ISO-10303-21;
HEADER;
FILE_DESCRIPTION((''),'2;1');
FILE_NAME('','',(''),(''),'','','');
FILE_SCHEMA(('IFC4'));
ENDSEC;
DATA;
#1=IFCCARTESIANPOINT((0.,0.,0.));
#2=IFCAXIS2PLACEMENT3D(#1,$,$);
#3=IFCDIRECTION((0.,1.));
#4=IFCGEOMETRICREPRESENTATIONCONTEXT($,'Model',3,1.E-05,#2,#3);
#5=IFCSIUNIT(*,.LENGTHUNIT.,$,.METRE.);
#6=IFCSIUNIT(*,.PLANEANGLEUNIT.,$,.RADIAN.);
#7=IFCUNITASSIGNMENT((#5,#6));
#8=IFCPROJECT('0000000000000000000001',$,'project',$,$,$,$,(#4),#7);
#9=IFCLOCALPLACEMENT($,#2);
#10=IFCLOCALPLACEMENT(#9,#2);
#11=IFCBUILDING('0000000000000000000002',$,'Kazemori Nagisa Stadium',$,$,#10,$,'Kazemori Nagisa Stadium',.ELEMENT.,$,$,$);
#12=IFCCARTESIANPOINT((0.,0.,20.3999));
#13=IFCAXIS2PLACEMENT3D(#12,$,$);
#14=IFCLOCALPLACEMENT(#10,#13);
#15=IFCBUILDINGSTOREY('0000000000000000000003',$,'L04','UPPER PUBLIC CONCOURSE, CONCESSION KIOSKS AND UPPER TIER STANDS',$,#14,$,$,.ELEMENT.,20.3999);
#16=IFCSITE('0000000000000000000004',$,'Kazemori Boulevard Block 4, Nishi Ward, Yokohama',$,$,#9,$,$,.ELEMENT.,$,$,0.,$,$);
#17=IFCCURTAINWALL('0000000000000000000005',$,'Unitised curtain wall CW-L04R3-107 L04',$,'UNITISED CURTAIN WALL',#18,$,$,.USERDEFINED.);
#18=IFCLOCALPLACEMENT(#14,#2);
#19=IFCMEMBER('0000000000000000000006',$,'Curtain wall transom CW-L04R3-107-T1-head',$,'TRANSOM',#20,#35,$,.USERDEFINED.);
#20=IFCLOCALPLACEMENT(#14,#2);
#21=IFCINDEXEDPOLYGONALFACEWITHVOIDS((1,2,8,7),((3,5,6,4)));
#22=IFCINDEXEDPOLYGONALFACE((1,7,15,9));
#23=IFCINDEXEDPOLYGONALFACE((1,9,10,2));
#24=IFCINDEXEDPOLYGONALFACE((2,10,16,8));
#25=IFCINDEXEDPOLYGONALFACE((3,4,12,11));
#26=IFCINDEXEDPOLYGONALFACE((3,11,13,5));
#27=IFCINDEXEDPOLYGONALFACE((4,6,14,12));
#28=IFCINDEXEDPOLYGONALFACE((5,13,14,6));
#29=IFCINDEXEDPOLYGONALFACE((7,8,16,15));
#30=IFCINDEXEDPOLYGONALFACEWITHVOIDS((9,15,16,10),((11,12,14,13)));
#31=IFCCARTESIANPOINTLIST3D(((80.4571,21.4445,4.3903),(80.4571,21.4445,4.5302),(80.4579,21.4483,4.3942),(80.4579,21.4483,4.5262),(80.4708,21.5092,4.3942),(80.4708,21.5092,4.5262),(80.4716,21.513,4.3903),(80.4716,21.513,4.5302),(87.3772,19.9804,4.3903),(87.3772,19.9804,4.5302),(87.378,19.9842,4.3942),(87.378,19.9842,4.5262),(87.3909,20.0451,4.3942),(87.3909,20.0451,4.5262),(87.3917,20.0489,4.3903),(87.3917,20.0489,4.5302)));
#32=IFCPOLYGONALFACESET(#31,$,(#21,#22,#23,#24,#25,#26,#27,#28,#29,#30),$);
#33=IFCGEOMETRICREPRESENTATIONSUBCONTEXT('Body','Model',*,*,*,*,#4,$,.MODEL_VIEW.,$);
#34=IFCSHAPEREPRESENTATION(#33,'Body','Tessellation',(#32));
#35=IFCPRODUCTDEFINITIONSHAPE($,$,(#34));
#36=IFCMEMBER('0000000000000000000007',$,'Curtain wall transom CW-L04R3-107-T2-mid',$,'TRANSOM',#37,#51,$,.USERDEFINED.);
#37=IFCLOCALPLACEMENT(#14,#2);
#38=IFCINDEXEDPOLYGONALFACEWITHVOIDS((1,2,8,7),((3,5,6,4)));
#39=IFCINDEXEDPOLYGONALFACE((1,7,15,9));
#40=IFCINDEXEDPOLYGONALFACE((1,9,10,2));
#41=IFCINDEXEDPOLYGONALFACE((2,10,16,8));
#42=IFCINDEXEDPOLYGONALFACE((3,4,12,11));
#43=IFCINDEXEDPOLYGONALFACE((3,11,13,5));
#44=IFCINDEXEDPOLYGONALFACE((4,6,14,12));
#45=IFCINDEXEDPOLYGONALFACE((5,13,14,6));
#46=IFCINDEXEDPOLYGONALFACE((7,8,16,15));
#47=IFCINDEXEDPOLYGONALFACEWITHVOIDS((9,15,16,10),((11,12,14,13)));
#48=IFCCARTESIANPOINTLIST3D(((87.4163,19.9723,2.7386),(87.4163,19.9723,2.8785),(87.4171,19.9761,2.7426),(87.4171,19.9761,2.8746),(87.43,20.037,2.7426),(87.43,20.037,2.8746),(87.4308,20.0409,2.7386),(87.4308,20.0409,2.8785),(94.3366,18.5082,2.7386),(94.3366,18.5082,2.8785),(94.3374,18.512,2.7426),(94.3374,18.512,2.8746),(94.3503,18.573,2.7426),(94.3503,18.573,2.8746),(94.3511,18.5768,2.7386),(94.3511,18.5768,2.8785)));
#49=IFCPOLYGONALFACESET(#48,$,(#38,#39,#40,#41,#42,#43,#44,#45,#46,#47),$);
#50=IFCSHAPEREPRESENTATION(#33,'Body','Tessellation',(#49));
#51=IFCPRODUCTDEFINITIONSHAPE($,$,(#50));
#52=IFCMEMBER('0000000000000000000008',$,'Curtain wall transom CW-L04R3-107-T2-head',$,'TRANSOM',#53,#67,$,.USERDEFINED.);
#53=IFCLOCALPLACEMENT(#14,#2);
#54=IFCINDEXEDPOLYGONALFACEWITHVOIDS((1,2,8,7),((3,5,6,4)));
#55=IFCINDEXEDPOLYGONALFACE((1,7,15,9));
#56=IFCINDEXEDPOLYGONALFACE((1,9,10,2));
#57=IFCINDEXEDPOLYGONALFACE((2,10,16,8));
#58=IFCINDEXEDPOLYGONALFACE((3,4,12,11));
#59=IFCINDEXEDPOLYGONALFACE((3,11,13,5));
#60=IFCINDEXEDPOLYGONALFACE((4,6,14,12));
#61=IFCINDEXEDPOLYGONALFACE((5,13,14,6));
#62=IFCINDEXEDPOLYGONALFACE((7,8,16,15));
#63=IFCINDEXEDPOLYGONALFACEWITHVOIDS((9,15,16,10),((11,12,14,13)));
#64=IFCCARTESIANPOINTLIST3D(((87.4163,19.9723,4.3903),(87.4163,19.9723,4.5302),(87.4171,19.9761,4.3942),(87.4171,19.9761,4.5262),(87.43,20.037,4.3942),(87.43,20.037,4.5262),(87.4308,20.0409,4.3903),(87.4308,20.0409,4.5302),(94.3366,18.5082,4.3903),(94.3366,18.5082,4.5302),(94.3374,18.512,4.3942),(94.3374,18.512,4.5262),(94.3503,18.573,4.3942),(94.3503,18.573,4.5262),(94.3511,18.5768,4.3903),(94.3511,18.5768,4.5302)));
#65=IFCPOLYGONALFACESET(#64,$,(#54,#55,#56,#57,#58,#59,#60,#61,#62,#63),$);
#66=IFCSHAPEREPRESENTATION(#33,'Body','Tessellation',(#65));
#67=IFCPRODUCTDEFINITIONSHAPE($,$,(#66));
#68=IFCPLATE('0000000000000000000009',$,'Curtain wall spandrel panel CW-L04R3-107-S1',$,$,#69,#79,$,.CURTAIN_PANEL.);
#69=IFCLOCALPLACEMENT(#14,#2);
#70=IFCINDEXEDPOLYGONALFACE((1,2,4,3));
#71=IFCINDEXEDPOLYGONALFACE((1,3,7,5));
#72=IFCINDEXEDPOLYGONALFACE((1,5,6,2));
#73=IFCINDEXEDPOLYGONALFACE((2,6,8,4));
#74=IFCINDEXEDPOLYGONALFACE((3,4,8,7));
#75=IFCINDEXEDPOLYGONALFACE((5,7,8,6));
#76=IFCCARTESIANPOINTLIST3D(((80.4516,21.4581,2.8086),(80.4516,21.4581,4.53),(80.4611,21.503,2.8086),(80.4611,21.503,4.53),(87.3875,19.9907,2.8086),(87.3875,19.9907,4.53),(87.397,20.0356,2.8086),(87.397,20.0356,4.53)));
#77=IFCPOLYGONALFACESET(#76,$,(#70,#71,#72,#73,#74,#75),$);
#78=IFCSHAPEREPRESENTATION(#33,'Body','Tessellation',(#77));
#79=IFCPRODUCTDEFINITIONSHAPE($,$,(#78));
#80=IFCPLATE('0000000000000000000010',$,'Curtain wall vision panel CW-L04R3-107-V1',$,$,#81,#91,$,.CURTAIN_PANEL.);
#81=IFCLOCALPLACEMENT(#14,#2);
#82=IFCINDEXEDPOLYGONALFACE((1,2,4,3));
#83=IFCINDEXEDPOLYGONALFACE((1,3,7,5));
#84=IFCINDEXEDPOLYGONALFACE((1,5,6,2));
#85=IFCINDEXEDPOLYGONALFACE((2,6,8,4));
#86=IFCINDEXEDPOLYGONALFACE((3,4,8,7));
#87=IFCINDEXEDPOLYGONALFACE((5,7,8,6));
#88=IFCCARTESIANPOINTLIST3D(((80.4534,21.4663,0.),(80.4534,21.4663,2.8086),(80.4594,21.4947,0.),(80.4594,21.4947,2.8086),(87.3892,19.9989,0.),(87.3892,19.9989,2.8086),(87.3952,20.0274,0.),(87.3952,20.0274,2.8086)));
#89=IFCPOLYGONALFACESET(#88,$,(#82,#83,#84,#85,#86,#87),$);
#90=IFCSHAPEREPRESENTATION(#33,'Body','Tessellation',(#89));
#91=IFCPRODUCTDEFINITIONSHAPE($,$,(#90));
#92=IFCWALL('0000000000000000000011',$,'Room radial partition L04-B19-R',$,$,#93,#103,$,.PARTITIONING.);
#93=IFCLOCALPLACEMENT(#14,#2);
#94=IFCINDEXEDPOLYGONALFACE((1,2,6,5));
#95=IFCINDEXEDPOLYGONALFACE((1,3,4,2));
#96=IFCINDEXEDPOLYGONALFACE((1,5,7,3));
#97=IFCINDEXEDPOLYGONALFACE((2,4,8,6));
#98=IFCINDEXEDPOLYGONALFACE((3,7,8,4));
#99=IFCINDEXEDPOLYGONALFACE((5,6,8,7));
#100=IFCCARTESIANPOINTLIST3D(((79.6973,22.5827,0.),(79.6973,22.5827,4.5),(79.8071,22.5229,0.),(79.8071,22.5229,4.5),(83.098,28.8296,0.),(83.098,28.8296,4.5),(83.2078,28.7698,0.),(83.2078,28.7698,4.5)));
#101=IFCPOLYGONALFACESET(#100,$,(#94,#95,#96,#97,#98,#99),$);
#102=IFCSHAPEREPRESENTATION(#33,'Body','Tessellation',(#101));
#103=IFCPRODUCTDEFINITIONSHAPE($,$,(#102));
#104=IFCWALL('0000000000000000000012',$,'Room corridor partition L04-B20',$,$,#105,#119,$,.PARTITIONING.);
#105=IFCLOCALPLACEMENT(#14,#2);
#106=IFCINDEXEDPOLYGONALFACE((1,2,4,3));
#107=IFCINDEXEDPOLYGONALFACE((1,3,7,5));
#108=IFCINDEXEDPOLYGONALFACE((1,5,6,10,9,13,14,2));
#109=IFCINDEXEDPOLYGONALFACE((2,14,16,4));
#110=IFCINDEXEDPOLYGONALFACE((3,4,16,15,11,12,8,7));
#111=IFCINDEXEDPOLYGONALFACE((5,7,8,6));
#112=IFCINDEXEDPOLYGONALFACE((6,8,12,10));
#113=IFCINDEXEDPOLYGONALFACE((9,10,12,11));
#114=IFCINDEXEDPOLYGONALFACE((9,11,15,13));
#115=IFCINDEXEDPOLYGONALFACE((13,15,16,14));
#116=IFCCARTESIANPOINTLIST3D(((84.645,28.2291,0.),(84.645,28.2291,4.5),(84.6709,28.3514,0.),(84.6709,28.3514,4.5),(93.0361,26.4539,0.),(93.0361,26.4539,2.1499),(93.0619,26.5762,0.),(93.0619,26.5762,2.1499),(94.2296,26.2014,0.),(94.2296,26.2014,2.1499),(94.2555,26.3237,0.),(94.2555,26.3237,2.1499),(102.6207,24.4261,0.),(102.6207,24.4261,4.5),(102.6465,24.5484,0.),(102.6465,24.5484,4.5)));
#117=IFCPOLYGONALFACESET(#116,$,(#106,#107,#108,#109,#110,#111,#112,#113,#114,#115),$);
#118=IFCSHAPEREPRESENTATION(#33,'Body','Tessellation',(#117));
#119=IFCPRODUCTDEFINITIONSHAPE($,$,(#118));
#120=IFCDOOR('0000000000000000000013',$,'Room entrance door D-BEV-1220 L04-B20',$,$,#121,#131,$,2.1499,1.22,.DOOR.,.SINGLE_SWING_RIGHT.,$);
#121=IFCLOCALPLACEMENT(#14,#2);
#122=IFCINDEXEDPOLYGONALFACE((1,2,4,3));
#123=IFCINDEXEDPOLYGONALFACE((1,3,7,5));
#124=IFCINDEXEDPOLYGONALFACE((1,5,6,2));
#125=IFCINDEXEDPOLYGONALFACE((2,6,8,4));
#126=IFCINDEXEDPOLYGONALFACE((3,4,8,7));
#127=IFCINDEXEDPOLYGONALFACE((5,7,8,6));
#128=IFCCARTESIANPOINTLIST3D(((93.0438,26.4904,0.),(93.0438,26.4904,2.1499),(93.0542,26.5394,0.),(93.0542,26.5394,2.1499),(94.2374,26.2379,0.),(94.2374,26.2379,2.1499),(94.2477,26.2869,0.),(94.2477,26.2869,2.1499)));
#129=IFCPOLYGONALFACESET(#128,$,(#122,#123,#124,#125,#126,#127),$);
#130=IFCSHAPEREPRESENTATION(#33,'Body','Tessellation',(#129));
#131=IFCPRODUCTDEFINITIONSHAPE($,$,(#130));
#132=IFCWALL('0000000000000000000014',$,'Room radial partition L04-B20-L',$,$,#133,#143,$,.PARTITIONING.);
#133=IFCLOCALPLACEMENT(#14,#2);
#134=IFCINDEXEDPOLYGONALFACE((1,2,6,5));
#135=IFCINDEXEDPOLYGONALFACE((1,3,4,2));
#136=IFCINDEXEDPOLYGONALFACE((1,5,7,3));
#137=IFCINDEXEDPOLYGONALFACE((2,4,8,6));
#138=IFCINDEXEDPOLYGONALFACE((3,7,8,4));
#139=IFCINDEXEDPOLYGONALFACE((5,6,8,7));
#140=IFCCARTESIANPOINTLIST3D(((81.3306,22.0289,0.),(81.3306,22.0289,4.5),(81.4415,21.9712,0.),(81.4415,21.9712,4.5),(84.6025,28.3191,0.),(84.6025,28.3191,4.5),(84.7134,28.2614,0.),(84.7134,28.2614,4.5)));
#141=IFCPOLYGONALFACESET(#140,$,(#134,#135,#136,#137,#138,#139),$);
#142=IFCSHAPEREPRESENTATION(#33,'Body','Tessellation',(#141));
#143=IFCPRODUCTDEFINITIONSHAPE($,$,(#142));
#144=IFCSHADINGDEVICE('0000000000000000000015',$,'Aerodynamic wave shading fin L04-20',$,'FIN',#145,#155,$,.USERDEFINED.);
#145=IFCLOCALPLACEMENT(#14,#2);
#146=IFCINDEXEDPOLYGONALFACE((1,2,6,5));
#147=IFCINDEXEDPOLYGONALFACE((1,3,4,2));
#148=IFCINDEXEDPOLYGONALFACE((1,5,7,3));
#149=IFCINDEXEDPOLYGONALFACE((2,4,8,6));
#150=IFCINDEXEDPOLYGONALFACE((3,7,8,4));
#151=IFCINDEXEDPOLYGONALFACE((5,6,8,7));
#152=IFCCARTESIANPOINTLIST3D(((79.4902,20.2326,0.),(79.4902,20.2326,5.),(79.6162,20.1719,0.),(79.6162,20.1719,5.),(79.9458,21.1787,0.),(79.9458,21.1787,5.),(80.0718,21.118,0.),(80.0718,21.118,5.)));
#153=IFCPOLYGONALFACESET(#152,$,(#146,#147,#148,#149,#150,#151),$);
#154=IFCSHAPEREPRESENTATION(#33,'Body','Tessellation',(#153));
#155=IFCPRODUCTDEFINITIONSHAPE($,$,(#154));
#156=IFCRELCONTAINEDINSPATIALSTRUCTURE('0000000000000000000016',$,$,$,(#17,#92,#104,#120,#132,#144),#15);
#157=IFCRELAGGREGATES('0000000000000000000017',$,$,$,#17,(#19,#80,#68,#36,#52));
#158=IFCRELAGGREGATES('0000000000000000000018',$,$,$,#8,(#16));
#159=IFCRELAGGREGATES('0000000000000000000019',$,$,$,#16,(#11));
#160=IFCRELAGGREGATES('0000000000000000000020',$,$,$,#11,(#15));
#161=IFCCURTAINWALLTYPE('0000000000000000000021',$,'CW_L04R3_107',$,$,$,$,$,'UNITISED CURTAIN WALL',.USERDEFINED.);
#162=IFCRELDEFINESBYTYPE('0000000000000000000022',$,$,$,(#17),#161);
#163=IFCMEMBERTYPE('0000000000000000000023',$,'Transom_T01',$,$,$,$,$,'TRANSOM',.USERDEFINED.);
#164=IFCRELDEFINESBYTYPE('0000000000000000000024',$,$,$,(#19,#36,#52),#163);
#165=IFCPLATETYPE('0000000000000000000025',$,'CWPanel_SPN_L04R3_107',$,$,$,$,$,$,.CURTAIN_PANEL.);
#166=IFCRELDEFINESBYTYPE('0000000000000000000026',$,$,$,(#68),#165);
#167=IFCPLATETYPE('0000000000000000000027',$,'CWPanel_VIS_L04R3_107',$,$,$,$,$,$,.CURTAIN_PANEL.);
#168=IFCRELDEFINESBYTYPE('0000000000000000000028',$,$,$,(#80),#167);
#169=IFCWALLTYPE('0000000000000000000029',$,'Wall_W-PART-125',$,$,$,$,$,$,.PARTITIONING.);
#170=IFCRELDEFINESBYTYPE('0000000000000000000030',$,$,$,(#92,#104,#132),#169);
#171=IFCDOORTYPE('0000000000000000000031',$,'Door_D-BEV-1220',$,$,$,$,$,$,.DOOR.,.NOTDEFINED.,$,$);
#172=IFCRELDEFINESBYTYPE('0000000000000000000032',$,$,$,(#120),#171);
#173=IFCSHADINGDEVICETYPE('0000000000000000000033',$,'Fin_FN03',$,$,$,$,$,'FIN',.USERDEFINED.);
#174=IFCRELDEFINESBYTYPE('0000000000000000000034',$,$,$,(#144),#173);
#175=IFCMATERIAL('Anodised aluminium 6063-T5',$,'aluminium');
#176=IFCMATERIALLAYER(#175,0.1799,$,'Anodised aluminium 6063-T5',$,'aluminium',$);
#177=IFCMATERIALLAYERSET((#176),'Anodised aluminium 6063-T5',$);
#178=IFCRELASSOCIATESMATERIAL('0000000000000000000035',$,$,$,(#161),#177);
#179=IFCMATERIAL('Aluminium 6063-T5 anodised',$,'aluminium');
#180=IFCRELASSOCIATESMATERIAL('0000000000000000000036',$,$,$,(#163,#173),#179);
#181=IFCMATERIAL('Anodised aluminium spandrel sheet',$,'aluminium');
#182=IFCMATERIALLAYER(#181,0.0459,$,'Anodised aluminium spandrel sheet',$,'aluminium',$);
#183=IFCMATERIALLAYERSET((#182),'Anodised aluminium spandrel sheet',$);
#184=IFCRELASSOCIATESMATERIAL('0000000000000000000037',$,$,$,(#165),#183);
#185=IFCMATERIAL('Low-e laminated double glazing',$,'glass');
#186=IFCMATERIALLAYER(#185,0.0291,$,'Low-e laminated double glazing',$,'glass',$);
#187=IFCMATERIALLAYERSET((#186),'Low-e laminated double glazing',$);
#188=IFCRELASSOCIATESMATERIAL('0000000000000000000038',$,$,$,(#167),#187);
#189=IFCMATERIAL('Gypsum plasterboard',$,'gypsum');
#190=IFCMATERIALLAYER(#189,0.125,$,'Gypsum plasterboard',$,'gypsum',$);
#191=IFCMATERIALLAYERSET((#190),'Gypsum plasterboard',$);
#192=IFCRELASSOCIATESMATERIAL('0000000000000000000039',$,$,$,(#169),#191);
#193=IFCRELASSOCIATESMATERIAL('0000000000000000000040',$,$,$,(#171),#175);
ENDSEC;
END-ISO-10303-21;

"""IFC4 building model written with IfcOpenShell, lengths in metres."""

from ifc_helpers import new_model, si_unit, direction, frame, frame_2d, origin, origin_2d, place, context, subcontext, project, spatial, rectangle, hollow_rectangle, extrude, material, layer, layer_set, material_profile, profile_set, type_object, element, fill, aggregate, save


model = new_model("IFC4")

# Units and contexts
model_context = context("Model", 3, precision=1e-05, world=origin(), true_north=direction((0.0, 1.0)))
body_context = subcontext(model_context, "Body", "Model", "MODEL_VIEW")
ifc_project = project(units=[si_unit("LENGTHUNIT", "METRE"), si_unit("PLANEANGLEUNIT", "RADIAN")], contexts=[model_context])

# Site, building, storey
site_placement = place(None, origin())
site = spatial("IfcSite", under=ifc_project, at=site_placement, Name="Kazemori Boulevard Block 4, Nishi Ward, Yokohama", CompositionType="ELEMENT", RefElevation=0.0)
building_placement = place(site_placement, origin())
building = spatial("IfcBuilding", under=site, at=building_placement, Name="Kazemori Nagisa Stadium", LongName="Kazemori Nagisa Stadium", CompositionType="ELEMENT")
storey_placement = place(building_placement, frame((0.0, 0.0, 20.3999)))
storey = spatial("IfcBuildingStorey", under=building, at=storey_placement, Name="L04", Description="UPPER PUBLIC CONCOURSE, CONCESSION KIOSKS AND UPPER TIER STANDS", CompositionType="ELEMENT", Elevation=20.3999)

# Shared definitions
ifc_material_1 = material(Name="Anodised aluminium 6063-T5", Category="aluminium")
ifc_layer_1 = layer(ifc_material_1, 0.1799, Name="Anodised aluminium 6063-T5", Category="aluminium")
ifc_layer_set_1 = layer_set([ifc_layer_1], Name="Anodised aluminium 6063-T5")
curtain_wall_type = type_object("IfcCurtainWallType", Name="CW_L04R3_107", ElementType="UNITISED CURTAIN WALL", PredefinedType="USERDEFINED", material=ifc_layer_set_1)
ifc_material_2 = material(Name="Aluminium 6063-T5 anodised", Category="aluminium")

# Curtain wall, members, plates
curtain_wall_1_placement = place(storey_placement, origin())
curtain_wall_1 = element("IfcCurtainWall", 1, at=curtain_wall_1_placement, inside=storey, type_object=curtain_wall_type, Name="Unitised curtain wall CW-L04R3-107 L04", ObjectType="UNITISED CURTAIN WALL", PredefinedType="USERDEFINED")
ifc_material_profile_1 = material_profile(ifc_material_2, hollow_rectangle(XDim=0.0701, YDim=0.1399, WallThickness=0.0039, at=origin_2d()), Name="ALU-TRAN-70x140x4")
ifc_profile_set_1 = profile_set([ifc_material_profile_1], Name="Aluminium 6063-T5 anodised")
member_type_1 = type_object("IfcMemberType", Name="Transom_T01", ElementType="TRANSOM", PredefinedType="USERDEFINED", material=ifc_profile_set_1)
member_1_placement = place(storey_placement, frame((80.4644, 21.4788, 4.4602), z_axis=(0.978343, -0.20699, 0.0), x_axis=(0.20699, 0.978343, 0.0)))
member_1 = element("IfcMember", 2, at=member_1_placement, type_object=member_type_1, Name="Curtain wall transom CW-L04R3-107-T1-head", ObjectType="TRANSOM", PredefinedType="USERDEFINED", context=body_context, shape_type="SweptSolid", body=[
    extrude(hollow_rectangle(XDim=0.0701, YDim=0.1399, WallThickness=0.0039, at=origin_2d()), origin(), (0.0, 0.0, 1.0), 7.0732),
])
member_2_placement = place(storey_placement, frame((87.4236, 20.0066, 2.8086), z_axis=(0.978345, -0.206983, 0.0), x_axis=(0.206983, 0.978345, 0.0)))
member_2 = element("IfcMember", 3, at=member_2_placement, type_object=member_type_1, Name="Curtain wall transom CW-L04R3-107-T2-mid", ObjectType="TRANSOM", PredefinedType="USERDEFINED", context=body_context, shape_type="SweptSolid", body=[
    extrude(hollow_rectangle(XDim=0.0701, YDim=0.1399, WallThickness=0.0039, at=origin_2d()), origin(), (0.0, 0.0, 1.0), 7.0735),
])
member_3_placement = place(storey_placement, frame((87.4236, 20.0066, 4.4602), z_axis=(0.978345, -0.206983, 0.0), x_axis=(0.206983, 0.978345, 0.0)))
member_3 = element("IfcMember", 4, at=member_3_placement, type_object=member_type_1, Name="Curtain wall transom CW-L04R3-107-T2-head", ObjectType="TRANSOM", PredefinedType="USERDEFINED", context=body_context, shape_type="SweptSolid", body=[
    extrude(hollow_rectangle(XDim=0.0701, YDim=0.1399, WallThickness=0.0039, at=origin_2d()), origin(), (0.0, 0.0, 1.0), 7.0735),
])
ifc_material_3 = material(Name="Anodised aluminium spandrel sheet", Category="aluminium")
ifc_layer_2 = layer(ifc_material_3, 0.0459, Name="Anodised aluminium spandrel sheet", Category="aluminium")
ifc_layer_set_2 = layer_set([ifc_layer_2], Name="Anodised aluminium spandrel sheet")
plate_type_1 = type_object("IfcPlateType", Name="CWPanel_SPN_L04R3_107", PredefinedType="CURTAIN_PANEL", material=ifc_layer_set_2)
plate_1_placement = place(storey_placement, frame((83.9243, 20.7468, 2.8086), z_axis=(0.0, 0.0, 1.0), x_axis=(0.978345, -0.206981, 0.0)))
plate_1 = element("IfcPlate", 5, at=plate_1_placement, type_object=plate_type_1, Name="Curtain wall spandrel panel CW-L04R3-107-S1", PredefinedType="CURTAIN_PANEL", context=body_context, shape_type="SweptSolid", body=[
    extrude(rectangle(XDim=7.0894, YDim=0.0459, at=origin_2d()), origin(), (0.0, 0.0, 1.0), 1.7214),
])
ifc_material_4 = material(Name="Low-e laminated double glazing", Category="glass")
ifc_layer_3 = layer(ifc_material_4, 0.0291, Name="Low-e laminated double glazing", Category="glass")
ifc_layer_set_3 = layer_set([ifc_layer_3], Name="Low-e laminated double glazing")
plate_type_2 = type_object("IfcPlateType", Name="CWPanel_VIS_L04R3_107", PredefinedType="CURTAIN_PANEL", material=ifc_layer_set_3)
plate_2_placement = place(storey_placement, frame((83.9243, 20.7468, 0.0), z_axis=(0.0, 0.0, 1.0), x_axis=(0.978345, -0.206981, 0.0)))
plate_2 = element("IfcPlate", 6, at=plate_2_placement, type_object=plate_type_2, Name="Curtain wall vision panel CW-L04R3-107-V1", PredefinedType="CURTAIN_PANEL", context=body_context, shape_type="SweptSolid", body=[
    extrude(rectangle(XDim=7.0894, YDim=0.0291, at=origin_2d()), origin(), (0.0, 0.0, 1.0), 2.8086),
])
aggregate(curtain_wall_1, [member_1, plate_2, plate_1, member_2, member_3])

# Wall
ifc_material_5 = material(Name="Gypsum plasterboard", Category="gypsum")
ifc_layer_4 = layer(ifc_material_5, 0.125, Name="Gypsum plasterboard", Category="gypsum")
ifc_layer_set_4 = layer_set([ifc_layer_4], Name="Gypsum plasterboard")
wall_type = type_object("IfcWallType", Name="Wall_W-PART-125", PredefinedType="PARTITIONING", material=ifc_layer_set_4)
wall_1_placement = place(storey_placement, frame((83.1528, 28.7996, 0.0), z_axis=(0.0, 0.0, 1.0), x_axis=(-0.478123, -0.878293, 0.0)))
element("IfcWall", 7, at=wall_1_placement, inside=storey, type_object=wall_type, Name="Room radial partition L04-B19-R", PredefinedType="PARTITIONING", context=body_context, shape_type="SweptSolid", body=[
    extrude(rectangle(XDim=7.1125, YDim=0.125, at=frame_2d((3.5562, 0.0))), origin(), (0.0, 0.0, 1.0), 4.5),
])

# Wall, opening, door
wall_2_placement = place(storey_placement, frame((84.658, 28.2903, 0.0), z_axis=(0.0, 0.0, 1.0), x_axis=(0.978345, -0.206982, 0.0)))
wall_2 = element("IfcWall", 8, at=wall_2_placement, inside=storey, type_object=wall_type, Name="Room corridor partition L04-B20", PredefinedType="PARTITIONING", context=body_context, shape_type="SweptSolid", body=[
    extrude(rectangle(XDim=18.3735, YDim=0.125, at=frame_2d((9.1868, 0.0))), origin(), (0.0, 0.0, 1.0), 4.5),
])
opening_placement = place(wall_2_placement, frame((8.5769, 0.0, 0.0)))
opening = element("IfcOpeningElement", 9, at=opening_placement, cuts=wall_2, PredefinedType="OPENING", context=body_context, shape_type="SweptSolid", body=[
    extrude(rectangle(XDim=1.22, YDim=2.1499, at=frame_2d((0.6099, 1.075))), frame((0.0, 0.0725, 0.0), z_axis=(0.0, -1.0, 0.0), x_axis=(1.0, 0.0, 0.0)), (0.0, 0.0, 1.0), 0.145),
])
door_type = type_object("IfcDoorType", Name="Door_D-BEV-1220", OperationType="NOTDEFINED", PredefinedType="DOOR", material=ifc_material_1)
door_placement = place(opening_placement, origin())
door = element("IfcDoor", 10, at=door_placement, inside=storey, type_object=door_type, Name="Room entrance door D-BEV-1220 L04-B20", OperationType="SINGLE_SWING_RIGHT", OverallHeight=2.1499, OverallWidth=1.22, PredefinedType="DOOR", context=body_context, shape_type="SweptSolid", body=[
    extrude(rectangle(XDim=1.22, YDim=2.1499, at=frame_2d((0.6099, 1.075))), frame((0.0, 0.0249, 0.0), z_axis=(0.0, -1.0, 0.0), x_axis=(1.0, 0.0, 0.0)), (0.0, 0.0, 1.0), 0.05),
])
fill(opening, door)

# Wall
wall_3_placement = place(storey_placement, frame((84.658, 28.2903, 0.0), z_axis=(0.0, 0.0, 1.0), x_axis=(-0.461467, -0.887158, 0.0)))
element("IfcWall", 11, at=wall_3_placement, inside=storey, type_object=wall_type, Name="Room radial partition L04-B20-L", PredefinedType="PARTITIONING", context=body_context, shape_type="SweptSolid", body=[
    extrude(rectangle(XDim=7.0903, YDim=0.125, at=frame_2d((3.5452, 0.0))), origin(), (0.0, 0.0, 1.0), 4.5),
])

# Shading device
shading_device_type = type_object("IfcShadingDeviceType", Name="Fin_FN03", ElementType="FIN", PredefinedType="USERDEFINED", material=ifc_material_2)
shading_device_placement = place(storey_placement, frame((79.781, 20.6753, 0.0), z_axis=(0.0, 0.0, 1.0), x_axis=(-0.433884, -0.900969, 0.0)))
element("IfcShadingDevice", 12, at=shading_device_placement, inside=storey, type_object=shading_device_type, Name="Aerodynamic wave shading fin L04-20", ObjectType="FIN", PredefinedType="USERDEFINED", context=body_context, shape_type="SweptSolid", body=[
    extrude(rectangle(XDim=1.05, YDim=0.1399, at=origin_2d()), origin(), (0.0, 0.0, 1.0), 5.0),
])

save(model, "model.ifc")
